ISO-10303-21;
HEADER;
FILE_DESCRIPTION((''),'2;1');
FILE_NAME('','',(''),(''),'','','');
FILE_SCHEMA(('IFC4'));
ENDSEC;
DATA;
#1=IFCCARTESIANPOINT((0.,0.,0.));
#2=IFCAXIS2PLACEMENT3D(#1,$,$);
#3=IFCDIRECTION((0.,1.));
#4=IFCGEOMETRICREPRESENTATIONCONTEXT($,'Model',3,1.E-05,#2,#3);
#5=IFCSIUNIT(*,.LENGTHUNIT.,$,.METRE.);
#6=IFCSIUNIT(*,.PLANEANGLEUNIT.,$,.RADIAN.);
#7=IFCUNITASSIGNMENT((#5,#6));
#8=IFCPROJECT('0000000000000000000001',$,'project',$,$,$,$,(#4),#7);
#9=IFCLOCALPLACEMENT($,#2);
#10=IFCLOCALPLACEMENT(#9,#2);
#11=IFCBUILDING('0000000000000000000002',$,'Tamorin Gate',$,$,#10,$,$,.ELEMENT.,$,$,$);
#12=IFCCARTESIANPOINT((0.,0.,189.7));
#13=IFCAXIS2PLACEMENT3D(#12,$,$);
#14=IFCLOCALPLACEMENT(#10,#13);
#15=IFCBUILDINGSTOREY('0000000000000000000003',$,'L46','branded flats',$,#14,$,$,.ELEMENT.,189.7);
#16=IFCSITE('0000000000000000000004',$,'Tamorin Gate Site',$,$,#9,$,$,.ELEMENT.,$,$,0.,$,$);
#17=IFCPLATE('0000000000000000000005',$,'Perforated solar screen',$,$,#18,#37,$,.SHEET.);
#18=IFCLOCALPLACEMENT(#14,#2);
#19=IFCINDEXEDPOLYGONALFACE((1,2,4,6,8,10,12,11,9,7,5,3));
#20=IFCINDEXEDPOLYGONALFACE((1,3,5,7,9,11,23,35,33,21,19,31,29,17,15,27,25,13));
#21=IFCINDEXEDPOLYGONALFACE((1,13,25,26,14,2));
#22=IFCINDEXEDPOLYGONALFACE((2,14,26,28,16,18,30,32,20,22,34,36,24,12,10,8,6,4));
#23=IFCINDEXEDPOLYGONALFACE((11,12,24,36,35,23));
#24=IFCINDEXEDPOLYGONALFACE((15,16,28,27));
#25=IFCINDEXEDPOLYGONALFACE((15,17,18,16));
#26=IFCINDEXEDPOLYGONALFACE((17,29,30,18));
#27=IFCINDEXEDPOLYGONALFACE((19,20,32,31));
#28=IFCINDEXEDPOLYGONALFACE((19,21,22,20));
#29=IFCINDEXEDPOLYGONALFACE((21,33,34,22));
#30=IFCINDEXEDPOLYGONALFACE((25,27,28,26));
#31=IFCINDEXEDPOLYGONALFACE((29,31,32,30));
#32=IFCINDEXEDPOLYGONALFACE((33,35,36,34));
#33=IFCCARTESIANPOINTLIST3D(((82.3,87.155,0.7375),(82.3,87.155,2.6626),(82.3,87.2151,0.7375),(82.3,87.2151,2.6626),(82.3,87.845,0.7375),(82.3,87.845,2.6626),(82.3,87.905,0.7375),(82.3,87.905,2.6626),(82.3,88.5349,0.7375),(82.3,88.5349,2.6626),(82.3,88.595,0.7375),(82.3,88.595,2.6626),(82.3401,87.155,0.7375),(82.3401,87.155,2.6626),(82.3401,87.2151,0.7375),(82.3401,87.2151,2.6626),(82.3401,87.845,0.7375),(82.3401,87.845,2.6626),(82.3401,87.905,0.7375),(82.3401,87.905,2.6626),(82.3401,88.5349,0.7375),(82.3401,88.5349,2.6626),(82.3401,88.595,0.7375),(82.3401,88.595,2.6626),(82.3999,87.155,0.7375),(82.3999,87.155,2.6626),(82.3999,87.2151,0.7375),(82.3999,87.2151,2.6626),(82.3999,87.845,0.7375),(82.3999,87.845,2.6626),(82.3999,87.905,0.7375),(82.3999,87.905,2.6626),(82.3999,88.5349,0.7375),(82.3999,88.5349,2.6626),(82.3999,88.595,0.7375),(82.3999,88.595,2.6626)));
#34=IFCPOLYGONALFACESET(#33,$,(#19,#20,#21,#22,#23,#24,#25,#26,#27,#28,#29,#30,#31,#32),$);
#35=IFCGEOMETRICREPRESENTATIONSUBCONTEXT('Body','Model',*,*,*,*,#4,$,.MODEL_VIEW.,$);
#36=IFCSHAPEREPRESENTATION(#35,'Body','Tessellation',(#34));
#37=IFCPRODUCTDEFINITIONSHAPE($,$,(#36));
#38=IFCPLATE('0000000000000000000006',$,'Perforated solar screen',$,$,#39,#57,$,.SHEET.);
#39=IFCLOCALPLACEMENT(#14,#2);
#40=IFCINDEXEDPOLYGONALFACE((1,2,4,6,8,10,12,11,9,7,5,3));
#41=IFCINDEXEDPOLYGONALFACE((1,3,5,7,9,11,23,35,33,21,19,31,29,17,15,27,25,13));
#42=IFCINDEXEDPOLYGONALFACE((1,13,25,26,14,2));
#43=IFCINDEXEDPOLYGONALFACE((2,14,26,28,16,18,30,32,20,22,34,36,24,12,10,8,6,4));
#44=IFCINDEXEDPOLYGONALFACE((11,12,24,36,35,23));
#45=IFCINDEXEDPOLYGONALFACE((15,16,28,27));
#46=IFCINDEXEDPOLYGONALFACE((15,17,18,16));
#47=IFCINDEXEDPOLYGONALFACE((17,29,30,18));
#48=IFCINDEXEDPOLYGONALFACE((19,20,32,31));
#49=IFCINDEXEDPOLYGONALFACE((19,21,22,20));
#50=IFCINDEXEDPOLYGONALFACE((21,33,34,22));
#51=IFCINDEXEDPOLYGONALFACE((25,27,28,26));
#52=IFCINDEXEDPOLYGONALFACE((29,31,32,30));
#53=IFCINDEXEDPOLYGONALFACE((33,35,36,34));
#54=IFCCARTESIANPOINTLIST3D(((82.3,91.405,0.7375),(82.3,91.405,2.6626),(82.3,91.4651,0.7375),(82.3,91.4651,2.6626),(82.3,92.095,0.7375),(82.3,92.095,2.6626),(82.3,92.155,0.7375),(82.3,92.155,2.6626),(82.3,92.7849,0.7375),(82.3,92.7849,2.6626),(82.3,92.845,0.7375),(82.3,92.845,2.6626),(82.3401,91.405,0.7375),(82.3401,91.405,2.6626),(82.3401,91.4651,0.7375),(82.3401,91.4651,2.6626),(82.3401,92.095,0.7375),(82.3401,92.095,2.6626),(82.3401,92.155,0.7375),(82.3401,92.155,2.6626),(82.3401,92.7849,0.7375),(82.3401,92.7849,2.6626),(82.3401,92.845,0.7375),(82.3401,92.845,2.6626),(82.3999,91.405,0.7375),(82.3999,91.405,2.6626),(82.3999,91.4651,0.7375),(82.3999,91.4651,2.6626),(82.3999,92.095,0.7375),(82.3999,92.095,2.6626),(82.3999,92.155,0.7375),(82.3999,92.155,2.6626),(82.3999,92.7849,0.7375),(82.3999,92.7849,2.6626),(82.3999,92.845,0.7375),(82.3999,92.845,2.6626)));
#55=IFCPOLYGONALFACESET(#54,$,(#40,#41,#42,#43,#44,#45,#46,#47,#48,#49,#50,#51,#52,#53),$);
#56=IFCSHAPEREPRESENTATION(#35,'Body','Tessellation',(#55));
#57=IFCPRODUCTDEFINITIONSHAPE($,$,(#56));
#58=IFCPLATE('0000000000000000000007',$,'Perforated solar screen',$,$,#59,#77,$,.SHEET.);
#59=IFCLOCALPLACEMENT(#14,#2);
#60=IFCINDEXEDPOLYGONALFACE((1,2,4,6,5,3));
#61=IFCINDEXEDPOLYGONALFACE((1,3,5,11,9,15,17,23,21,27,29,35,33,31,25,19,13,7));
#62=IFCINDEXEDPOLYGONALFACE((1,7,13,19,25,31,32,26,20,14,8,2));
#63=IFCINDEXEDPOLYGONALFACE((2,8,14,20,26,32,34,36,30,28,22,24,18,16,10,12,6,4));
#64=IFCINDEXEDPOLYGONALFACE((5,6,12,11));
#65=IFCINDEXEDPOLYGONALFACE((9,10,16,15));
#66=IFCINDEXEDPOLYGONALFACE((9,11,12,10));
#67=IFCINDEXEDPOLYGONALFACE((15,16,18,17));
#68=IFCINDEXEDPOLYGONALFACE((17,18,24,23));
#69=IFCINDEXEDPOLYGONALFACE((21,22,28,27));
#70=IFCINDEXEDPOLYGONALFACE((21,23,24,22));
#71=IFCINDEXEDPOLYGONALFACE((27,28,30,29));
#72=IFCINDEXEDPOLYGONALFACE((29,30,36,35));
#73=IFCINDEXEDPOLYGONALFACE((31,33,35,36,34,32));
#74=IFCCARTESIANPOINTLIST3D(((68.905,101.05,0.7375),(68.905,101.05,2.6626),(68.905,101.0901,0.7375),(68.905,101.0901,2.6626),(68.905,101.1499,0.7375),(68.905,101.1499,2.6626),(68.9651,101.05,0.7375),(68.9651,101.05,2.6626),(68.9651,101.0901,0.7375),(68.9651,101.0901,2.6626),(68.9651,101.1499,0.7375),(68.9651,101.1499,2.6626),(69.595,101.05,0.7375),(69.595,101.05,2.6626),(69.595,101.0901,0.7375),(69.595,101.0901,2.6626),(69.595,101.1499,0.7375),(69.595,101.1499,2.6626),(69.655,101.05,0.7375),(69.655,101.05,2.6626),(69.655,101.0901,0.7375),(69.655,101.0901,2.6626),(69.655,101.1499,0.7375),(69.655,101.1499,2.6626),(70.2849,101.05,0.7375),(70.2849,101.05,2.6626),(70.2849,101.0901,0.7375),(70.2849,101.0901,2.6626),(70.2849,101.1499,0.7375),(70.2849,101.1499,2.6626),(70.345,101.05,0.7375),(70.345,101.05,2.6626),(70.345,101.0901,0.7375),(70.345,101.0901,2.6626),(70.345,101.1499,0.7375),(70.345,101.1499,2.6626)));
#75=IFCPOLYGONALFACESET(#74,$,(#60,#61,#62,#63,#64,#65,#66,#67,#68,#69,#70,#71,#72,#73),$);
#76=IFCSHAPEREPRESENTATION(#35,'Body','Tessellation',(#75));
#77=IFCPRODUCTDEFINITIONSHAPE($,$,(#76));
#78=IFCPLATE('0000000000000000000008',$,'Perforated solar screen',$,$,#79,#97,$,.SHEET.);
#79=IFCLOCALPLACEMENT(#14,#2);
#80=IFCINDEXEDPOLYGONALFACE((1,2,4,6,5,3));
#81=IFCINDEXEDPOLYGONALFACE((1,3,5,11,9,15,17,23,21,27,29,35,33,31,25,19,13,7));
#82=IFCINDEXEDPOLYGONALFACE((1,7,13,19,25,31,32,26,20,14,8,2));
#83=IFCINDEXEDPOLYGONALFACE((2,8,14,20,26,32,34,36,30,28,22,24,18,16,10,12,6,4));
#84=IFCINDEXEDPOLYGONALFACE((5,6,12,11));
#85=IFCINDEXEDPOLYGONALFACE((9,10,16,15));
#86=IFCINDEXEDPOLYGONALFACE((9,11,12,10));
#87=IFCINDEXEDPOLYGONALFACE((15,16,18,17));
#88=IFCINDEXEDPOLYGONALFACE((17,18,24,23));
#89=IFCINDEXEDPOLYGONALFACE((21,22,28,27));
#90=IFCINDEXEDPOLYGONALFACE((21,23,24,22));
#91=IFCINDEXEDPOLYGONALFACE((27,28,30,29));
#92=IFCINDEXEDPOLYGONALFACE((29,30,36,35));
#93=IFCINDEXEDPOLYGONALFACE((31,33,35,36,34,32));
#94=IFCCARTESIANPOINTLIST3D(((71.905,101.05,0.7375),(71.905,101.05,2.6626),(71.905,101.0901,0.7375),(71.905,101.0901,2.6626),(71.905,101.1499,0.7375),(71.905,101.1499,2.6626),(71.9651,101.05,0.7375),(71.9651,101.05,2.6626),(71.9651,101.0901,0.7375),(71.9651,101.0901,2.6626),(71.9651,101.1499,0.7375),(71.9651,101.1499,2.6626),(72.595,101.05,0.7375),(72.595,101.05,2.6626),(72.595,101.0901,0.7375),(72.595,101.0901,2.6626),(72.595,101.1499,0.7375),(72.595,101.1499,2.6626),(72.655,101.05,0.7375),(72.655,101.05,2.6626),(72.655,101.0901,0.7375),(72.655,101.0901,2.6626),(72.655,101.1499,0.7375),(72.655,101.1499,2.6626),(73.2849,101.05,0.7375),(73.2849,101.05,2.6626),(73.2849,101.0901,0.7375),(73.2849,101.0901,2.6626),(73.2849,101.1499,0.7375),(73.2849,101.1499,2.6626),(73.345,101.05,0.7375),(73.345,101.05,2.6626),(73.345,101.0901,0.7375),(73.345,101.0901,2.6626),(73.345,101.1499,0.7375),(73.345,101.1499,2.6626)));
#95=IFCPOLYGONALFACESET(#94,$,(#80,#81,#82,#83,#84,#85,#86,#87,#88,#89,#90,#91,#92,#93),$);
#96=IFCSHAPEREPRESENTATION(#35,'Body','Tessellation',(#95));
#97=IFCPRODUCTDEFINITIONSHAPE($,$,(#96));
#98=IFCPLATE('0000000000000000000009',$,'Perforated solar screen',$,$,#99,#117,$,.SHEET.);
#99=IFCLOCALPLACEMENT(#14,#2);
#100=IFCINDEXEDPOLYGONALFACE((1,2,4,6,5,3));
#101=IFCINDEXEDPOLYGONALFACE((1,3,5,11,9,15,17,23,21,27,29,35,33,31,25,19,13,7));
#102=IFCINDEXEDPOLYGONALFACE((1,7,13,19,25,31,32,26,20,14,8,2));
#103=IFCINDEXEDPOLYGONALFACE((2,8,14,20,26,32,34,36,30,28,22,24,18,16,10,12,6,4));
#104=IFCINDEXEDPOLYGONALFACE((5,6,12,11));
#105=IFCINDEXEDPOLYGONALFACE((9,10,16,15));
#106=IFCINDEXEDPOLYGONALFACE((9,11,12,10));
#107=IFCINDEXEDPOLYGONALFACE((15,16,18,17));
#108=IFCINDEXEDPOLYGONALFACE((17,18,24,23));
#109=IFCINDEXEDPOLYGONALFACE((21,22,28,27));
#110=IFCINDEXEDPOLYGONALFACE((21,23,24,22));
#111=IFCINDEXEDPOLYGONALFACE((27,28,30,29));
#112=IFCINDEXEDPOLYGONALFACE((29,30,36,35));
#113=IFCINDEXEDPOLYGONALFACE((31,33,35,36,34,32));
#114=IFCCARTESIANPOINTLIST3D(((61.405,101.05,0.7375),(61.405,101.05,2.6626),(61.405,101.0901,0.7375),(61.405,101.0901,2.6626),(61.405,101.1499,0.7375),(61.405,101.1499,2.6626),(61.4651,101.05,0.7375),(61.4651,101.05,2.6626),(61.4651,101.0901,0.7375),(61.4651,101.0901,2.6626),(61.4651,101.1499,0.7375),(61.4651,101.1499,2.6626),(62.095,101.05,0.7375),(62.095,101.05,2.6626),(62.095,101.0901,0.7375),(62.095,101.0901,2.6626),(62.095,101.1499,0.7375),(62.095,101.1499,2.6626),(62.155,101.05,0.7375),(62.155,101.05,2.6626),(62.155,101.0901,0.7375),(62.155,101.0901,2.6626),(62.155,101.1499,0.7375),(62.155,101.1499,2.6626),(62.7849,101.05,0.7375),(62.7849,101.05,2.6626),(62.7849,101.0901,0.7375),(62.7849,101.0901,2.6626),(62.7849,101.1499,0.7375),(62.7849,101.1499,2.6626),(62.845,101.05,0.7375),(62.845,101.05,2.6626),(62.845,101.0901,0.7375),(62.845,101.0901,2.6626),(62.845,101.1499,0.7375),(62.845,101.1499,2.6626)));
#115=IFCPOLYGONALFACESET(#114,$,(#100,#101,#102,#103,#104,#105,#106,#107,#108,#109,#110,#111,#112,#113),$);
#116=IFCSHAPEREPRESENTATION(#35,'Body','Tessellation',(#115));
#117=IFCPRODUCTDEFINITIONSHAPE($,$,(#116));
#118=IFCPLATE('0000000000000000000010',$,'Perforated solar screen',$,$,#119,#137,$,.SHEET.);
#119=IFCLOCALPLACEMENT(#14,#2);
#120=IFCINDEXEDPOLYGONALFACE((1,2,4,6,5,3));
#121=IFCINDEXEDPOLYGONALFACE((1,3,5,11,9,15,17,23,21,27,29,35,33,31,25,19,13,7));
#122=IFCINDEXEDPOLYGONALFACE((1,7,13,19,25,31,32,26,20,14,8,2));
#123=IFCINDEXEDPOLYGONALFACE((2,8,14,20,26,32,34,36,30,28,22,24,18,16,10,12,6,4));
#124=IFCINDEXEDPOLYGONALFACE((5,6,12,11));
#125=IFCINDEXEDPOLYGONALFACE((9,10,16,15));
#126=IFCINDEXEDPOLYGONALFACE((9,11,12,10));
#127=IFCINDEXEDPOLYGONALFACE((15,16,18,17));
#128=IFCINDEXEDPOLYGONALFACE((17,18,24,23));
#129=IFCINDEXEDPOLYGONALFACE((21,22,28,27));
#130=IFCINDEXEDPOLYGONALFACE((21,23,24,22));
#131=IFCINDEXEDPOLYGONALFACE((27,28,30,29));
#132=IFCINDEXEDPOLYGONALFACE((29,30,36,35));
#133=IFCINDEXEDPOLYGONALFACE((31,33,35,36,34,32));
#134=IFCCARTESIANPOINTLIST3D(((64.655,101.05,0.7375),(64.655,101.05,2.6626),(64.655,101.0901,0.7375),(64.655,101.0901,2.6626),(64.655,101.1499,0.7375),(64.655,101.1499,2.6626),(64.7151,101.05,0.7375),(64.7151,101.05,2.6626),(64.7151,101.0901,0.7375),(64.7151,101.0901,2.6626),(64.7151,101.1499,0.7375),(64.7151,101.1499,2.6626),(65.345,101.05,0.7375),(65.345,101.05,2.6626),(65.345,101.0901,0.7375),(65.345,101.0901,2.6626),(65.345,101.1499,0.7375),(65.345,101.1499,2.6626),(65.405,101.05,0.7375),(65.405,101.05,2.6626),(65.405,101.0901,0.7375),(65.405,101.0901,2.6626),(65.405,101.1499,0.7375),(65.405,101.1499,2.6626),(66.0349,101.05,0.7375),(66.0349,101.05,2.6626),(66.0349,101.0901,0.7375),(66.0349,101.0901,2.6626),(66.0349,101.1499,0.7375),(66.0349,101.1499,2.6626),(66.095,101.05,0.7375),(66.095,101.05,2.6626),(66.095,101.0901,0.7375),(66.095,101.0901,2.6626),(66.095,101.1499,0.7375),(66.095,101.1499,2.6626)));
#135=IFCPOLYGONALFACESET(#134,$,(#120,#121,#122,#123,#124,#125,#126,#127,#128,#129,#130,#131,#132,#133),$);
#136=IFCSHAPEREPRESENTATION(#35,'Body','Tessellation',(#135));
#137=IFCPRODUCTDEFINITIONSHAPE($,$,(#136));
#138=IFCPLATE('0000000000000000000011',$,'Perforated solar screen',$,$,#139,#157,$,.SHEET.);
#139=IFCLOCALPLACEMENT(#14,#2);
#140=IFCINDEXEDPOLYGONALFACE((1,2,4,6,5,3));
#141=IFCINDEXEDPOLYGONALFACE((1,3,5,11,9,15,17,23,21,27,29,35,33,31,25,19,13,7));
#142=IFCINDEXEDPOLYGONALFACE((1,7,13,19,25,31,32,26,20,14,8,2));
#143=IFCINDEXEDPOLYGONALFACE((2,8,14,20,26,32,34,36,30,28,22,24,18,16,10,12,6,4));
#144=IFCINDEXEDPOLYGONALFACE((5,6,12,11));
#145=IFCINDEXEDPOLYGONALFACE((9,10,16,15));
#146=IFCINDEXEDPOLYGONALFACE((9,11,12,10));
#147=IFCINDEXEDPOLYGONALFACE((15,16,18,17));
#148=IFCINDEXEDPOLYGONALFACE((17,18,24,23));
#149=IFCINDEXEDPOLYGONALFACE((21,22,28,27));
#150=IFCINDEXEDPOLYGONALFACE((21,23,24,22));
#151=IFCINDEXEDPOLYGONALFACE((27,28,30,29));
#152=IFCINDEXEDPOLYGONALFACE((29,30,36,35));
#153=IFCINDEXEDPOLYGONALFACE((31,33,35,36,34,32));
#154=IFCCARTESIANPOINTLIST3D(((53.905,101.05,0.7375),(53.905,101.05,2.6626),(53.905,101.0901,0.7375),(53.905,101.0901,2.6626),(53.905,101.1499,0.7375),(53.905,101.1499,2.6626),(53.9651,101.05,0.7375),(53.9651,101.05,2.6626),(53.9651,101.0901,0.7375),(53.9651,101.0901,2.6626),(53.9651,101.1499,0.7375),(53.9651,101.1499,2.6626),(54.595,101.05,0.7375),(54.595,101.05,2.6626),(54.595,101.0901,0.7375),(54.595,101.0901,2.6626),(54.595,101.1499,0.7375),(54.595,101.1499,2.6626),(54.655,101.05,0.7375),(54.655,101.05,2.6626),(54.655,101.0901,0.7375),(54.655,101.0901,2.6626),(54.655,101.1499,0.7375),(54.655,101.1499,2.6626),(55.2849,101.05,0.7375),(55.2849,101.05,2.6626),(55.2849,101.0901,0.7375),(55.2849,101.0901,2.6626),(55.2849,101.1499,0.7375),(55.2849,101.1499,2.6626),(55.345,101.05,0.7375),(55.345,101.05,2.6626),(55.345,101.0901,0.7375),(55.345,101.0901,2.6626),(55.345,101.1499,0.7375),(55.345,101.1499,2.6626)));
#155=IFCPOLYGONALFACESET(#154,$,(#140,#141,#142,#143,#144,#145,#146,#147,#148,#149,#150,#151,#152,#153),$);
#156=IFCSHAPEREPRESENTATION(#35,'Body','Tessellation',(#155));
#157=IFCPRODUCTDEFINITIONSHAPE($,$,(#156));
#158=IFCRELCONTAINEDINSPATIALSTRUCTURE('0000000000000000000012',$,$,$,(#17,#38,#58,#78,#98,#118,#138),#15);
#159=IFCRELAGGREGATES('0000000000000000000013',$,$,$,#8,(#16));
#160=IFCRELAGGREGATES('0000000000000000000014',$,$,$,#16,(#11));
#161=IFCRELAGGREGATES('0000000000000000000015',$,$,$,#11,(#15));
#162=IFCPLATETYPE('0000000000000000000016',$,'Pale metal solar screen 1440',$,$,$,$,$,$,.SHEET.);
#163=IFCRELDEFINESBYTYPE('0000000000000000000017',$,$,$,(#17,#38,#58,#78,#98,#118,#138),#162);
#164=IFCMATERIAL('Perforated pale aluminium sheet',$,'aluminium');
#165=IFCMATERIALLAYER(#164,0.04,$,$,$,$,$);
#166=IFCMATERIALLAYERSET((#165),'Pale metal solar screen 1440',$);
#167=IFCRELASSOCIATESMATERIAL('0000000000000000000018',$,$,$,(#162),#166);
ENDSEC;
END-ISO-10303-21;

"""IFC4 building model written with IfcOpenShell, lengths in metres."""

from ifc_helpers import new_model, si_unit, direction, frame, origin, place, context, subcontext, project, spatial, polyline, outline, extrude, material, layer, layer_set, type_object, element, save


model = new_model("IFC4")

# Units and contexts
model_context = context("Model", 3, precision=1e-05, world=origin(), true_north=direction((0.0, 1.0)))
body_context = subcontext(model_context, "Body", "Model", "MODEL_VIEW")
ifc_project = project(units=[si_unit("LENGTHUNIT", "METRE"), si_unit("PLANEANGLEUNIT", "RADIAN")], contexts=[model_context])

# Site, building, storey
site_placement = place(None, origin())
site = spatial("IfcSite", under=ifc_project, at=site_placement, Name="Tamorin Gate Site", CompositionType="ELEMENT", RefElevation=0.0)
building_placement = place(site_placement, origin())
building = spatial("IfcBuilding", under=site, at=building_placement, Name="Tamorin Gate", CompositionType="ELEMENT")
storey_placement = place(building_placement, frame((0.0, 0.0, 189.7)))
storey = spatial("IfcBuildingStorey", under=building, at=storey_placement, Name="L46", Description="branded flats", CompositionType="ELEMENT", Elevation=189.7)

# Plates
ifc_material_1 = material(Name="Perforated pale aluminium sheet", Category="aluminium")
ifc_layer_1 = layer(ifc_material_1, 0.04)
ifc_layer_set_1 = layer_set([ifc_layer_1], Name="Pale metal solar screen 1440")
plate_type_1 = type_object("IfcPlateType", Name="Pale metal solar screen 1440", PredefinedType="SHEET", material=ifc_layer_set_1)
plate_1_placement = place(storey_placement, frame((0.0, 0.0, 0.7375)))
element("IfcPlate", 1, at=plate_1_placement, inside=storey, type_object=plate_type_1, Name="Perforated solar screen", PredefinedType="SHEET", context=body_context, shape_type="SweptSolid", body=[
    extrude(outline(polyline([(82.3401, 87.155), (82.3, 87.155), (82.3, 87.2151), (82.3, 87.845), (82.3, 87.905), (82.3, 88.5349), (82.3, 88.595), (82.3401, 88.595), (82.3999, 88.595), (82.3999, 88.5349), (82.3401, 88.5349), (82.3401, 87.905), (82.3999, 87.905), (82.3999, 87.845), (82.3401, 87.845), (82.3401, 87.2151), (82.3999, 87.2151), (82.3999, 87.155), (82.3401, 87.155)])), origin(), (0.0, 0.0, 1.0), 1.925),
])
plate_2_placement = place(storey_placement, frame((0.0, 0.0, 0.7375)))
element("IfcPlate", 2, at=plate_2_placement, inside=storey, type_object=plate_type_1, Name="Perforated solar screen", PredefinedType="SHEET", context=body_context, shape_type="SweptSolid", body=[
    extrude(outline(polyline([(82.3401, 91.405), (82.3, 91.405), (82.3, 91.4651), (82.3, 92.095), (82.3, 92.155), (82.3, 92.7849), (82.3, 92.845), (82.3401, 92.845), (82.3999, 92.845), (82.3999, 92.7849), (82.3401, 92.7849), (82.3401, 92.155), (82.3999, 92.155), (82.3999, 92.095), (82.3401, 92.095), (82.3401, 91.4651), (82.3999, 91.4651), (82.3999, 91.405), (82.3401, 91.405)])), origin(), (0.0, 0.0, 1.0), 1.925),
])
plate_3_placement = place(storey_placement, frame((0.0, 0.0, 0.7375)))
element("IfcPlate", 3, at=plate_3_placement, inside=storey, type_object=plate_type_1, Name="Perforated solar screen", PredefinedType="SHEET", context=body_context, shape_type="SweptSolid", body=[
    extrude(outline(polyline([(70.345, 101.0901), (70.345, 101.05), (70.2849, 101.05), (69.655, 101.05), (69.595, 101.05), (68.9651, 101.05), (68.905, 101.05), (68.905, 101.0901), (68.905, 101.1499), (68.9651, 101.1499), (68.9651, 101.0901), (69.595, 101.0901), (69.595, 101.1499), (69.655, 101.1499), (69.655, 101.0901), (70.2849, 101.0901), (70.2849, 101.1499), (70.345, 101.1499), (70.345, 101.0901)])), origin(), (0.0, 0.0, 1.0), 1.925),
])
plate_4_placement = place(storey_placement, frame((0.0, 0.0, 0.7375)))
element("IfcPlate", 4, at=plate_4_placement, inside=storey, type_object=plate_type_1, Name="Perforated solar screen", PredefinedType="SHEET", context=body_context, shape_type="SweptSolid", body=[
    extrude(outline(polyline([(73.345, 101.0901), (73.345, 101.05), (73.2849, 101.05), (72.655, 101.05), (72.595, 101.05), (71.9651, 101.05), (71.905, 101.05), (71.905, 101.05), (71.905, 101.0901), (71.905, 101.0901), (71.905, 101.1499), (71.9651, 101.1499), (71.9651, 101.0901), (72.595, 101.0901), (72.595, 101.1499), (72.655, 101.1499), (72.655, 101.0901), (73.2849, 101.0901), (73.2849, 101.1499), (73.345, 101.1499), (73.345, 101.0901)])), origin(), (0.0, 0.0, 1.0), 1.925),
])
plate_5_placement = place(storey_placement, frame((0.0, 0.0, 0.7375)))
element("IfcPlate", 5, at=plate_5_placement, inside=storey, type_object=plate_type_1, Name="Perforated solar screen", PredefinedType="SHEET", context=body_context, shape_type="SweptSolid", body=[
    extrude(outline(polyline([(62.845, 101.0901), (62.845, 101.05), (62.7849, 101.05), (62.155, 101.05), (62.095, 101.05), (61.4651, 101.05), (61.405, 101.05), (61.405, 101.0901), (61.405, 101.1499), (61.4651, 101.1499), (61.4651, 101.0901), (62.095, 101.0901), (62.095, 101.1499), (62.155, 101.1499), (62.155, 101.0901), (62.7849, 101.0901), (62.7849, 101.1499), (62.845, 101.1499), (62.845, 101.0901)])), origin(), (0.0, 0.0, 1.0), 1.925),
])
plate_6_placement = place(storey_placement, frame((0.0, 0.0, 0.7375)))
element("IfcPlate", 6, at=plate_6_placement, inside=storey, type_object=plate_type_1, Name="Perforated solar screen", PredefinedType="SHEET", context=body_context, shape_type="SweptSolid", body=[
    extrude(outline(polyline([(66.095, 101.0901), (66.095, 101.05), (66.0349, 101.05), (65.405, 101.05), (65.345, 101.05), (64.7151, 101.05), (64.655, 101.05), (64.655, 101.0901), (64.655, 101.1499), (64.7151, 101.1499), (64.7151, 101.0901), (65.345, 101.0901), (65.345, 101.1499), (65.405, 101.1499), (65.405, 101.0901), (66.0349, 101.0901), (66.0349, 101.1499), (66.095, 101.1499), (66.095, 101.0901)])), origin(), (0.0, 0.0, 1.0), 1.925),
])
plate_7_placement = place(storey_placement, frame((0.0, 0.0, 0.7375)))
element("IfcPlate", 7, at=plate_7_placement, inside=storey, type_object=plate_type_1, Name="Perforated solar screen", PredefinedType="SHEET", context=body_context, shape_type="SweptSolid", body=[
    extrude(outline(polyline([(55.345, 101.0901), (55.345, 101.05), (55.2849, 101.05), (54.655, 101.05), (54.595, 101.05), (53.9651, 101.05), (53.905, 101.05), (53.905, 101.0901), (53.905, 101.1499), (53.9651, 101.1499), (53.9651, 101.0901), (54.595, 101.0901), (54.595, 101.1499), (54.655, 101.1499), (54.655, 101.0901), (55.2849, 101.0901), (55.2849, 101.1499), (55.345, 101.1499), (55.345, 101.0901)])), origin(), (0.0, 0.0, 1.0), 1.925),
])

save(model, "model.ifc")
